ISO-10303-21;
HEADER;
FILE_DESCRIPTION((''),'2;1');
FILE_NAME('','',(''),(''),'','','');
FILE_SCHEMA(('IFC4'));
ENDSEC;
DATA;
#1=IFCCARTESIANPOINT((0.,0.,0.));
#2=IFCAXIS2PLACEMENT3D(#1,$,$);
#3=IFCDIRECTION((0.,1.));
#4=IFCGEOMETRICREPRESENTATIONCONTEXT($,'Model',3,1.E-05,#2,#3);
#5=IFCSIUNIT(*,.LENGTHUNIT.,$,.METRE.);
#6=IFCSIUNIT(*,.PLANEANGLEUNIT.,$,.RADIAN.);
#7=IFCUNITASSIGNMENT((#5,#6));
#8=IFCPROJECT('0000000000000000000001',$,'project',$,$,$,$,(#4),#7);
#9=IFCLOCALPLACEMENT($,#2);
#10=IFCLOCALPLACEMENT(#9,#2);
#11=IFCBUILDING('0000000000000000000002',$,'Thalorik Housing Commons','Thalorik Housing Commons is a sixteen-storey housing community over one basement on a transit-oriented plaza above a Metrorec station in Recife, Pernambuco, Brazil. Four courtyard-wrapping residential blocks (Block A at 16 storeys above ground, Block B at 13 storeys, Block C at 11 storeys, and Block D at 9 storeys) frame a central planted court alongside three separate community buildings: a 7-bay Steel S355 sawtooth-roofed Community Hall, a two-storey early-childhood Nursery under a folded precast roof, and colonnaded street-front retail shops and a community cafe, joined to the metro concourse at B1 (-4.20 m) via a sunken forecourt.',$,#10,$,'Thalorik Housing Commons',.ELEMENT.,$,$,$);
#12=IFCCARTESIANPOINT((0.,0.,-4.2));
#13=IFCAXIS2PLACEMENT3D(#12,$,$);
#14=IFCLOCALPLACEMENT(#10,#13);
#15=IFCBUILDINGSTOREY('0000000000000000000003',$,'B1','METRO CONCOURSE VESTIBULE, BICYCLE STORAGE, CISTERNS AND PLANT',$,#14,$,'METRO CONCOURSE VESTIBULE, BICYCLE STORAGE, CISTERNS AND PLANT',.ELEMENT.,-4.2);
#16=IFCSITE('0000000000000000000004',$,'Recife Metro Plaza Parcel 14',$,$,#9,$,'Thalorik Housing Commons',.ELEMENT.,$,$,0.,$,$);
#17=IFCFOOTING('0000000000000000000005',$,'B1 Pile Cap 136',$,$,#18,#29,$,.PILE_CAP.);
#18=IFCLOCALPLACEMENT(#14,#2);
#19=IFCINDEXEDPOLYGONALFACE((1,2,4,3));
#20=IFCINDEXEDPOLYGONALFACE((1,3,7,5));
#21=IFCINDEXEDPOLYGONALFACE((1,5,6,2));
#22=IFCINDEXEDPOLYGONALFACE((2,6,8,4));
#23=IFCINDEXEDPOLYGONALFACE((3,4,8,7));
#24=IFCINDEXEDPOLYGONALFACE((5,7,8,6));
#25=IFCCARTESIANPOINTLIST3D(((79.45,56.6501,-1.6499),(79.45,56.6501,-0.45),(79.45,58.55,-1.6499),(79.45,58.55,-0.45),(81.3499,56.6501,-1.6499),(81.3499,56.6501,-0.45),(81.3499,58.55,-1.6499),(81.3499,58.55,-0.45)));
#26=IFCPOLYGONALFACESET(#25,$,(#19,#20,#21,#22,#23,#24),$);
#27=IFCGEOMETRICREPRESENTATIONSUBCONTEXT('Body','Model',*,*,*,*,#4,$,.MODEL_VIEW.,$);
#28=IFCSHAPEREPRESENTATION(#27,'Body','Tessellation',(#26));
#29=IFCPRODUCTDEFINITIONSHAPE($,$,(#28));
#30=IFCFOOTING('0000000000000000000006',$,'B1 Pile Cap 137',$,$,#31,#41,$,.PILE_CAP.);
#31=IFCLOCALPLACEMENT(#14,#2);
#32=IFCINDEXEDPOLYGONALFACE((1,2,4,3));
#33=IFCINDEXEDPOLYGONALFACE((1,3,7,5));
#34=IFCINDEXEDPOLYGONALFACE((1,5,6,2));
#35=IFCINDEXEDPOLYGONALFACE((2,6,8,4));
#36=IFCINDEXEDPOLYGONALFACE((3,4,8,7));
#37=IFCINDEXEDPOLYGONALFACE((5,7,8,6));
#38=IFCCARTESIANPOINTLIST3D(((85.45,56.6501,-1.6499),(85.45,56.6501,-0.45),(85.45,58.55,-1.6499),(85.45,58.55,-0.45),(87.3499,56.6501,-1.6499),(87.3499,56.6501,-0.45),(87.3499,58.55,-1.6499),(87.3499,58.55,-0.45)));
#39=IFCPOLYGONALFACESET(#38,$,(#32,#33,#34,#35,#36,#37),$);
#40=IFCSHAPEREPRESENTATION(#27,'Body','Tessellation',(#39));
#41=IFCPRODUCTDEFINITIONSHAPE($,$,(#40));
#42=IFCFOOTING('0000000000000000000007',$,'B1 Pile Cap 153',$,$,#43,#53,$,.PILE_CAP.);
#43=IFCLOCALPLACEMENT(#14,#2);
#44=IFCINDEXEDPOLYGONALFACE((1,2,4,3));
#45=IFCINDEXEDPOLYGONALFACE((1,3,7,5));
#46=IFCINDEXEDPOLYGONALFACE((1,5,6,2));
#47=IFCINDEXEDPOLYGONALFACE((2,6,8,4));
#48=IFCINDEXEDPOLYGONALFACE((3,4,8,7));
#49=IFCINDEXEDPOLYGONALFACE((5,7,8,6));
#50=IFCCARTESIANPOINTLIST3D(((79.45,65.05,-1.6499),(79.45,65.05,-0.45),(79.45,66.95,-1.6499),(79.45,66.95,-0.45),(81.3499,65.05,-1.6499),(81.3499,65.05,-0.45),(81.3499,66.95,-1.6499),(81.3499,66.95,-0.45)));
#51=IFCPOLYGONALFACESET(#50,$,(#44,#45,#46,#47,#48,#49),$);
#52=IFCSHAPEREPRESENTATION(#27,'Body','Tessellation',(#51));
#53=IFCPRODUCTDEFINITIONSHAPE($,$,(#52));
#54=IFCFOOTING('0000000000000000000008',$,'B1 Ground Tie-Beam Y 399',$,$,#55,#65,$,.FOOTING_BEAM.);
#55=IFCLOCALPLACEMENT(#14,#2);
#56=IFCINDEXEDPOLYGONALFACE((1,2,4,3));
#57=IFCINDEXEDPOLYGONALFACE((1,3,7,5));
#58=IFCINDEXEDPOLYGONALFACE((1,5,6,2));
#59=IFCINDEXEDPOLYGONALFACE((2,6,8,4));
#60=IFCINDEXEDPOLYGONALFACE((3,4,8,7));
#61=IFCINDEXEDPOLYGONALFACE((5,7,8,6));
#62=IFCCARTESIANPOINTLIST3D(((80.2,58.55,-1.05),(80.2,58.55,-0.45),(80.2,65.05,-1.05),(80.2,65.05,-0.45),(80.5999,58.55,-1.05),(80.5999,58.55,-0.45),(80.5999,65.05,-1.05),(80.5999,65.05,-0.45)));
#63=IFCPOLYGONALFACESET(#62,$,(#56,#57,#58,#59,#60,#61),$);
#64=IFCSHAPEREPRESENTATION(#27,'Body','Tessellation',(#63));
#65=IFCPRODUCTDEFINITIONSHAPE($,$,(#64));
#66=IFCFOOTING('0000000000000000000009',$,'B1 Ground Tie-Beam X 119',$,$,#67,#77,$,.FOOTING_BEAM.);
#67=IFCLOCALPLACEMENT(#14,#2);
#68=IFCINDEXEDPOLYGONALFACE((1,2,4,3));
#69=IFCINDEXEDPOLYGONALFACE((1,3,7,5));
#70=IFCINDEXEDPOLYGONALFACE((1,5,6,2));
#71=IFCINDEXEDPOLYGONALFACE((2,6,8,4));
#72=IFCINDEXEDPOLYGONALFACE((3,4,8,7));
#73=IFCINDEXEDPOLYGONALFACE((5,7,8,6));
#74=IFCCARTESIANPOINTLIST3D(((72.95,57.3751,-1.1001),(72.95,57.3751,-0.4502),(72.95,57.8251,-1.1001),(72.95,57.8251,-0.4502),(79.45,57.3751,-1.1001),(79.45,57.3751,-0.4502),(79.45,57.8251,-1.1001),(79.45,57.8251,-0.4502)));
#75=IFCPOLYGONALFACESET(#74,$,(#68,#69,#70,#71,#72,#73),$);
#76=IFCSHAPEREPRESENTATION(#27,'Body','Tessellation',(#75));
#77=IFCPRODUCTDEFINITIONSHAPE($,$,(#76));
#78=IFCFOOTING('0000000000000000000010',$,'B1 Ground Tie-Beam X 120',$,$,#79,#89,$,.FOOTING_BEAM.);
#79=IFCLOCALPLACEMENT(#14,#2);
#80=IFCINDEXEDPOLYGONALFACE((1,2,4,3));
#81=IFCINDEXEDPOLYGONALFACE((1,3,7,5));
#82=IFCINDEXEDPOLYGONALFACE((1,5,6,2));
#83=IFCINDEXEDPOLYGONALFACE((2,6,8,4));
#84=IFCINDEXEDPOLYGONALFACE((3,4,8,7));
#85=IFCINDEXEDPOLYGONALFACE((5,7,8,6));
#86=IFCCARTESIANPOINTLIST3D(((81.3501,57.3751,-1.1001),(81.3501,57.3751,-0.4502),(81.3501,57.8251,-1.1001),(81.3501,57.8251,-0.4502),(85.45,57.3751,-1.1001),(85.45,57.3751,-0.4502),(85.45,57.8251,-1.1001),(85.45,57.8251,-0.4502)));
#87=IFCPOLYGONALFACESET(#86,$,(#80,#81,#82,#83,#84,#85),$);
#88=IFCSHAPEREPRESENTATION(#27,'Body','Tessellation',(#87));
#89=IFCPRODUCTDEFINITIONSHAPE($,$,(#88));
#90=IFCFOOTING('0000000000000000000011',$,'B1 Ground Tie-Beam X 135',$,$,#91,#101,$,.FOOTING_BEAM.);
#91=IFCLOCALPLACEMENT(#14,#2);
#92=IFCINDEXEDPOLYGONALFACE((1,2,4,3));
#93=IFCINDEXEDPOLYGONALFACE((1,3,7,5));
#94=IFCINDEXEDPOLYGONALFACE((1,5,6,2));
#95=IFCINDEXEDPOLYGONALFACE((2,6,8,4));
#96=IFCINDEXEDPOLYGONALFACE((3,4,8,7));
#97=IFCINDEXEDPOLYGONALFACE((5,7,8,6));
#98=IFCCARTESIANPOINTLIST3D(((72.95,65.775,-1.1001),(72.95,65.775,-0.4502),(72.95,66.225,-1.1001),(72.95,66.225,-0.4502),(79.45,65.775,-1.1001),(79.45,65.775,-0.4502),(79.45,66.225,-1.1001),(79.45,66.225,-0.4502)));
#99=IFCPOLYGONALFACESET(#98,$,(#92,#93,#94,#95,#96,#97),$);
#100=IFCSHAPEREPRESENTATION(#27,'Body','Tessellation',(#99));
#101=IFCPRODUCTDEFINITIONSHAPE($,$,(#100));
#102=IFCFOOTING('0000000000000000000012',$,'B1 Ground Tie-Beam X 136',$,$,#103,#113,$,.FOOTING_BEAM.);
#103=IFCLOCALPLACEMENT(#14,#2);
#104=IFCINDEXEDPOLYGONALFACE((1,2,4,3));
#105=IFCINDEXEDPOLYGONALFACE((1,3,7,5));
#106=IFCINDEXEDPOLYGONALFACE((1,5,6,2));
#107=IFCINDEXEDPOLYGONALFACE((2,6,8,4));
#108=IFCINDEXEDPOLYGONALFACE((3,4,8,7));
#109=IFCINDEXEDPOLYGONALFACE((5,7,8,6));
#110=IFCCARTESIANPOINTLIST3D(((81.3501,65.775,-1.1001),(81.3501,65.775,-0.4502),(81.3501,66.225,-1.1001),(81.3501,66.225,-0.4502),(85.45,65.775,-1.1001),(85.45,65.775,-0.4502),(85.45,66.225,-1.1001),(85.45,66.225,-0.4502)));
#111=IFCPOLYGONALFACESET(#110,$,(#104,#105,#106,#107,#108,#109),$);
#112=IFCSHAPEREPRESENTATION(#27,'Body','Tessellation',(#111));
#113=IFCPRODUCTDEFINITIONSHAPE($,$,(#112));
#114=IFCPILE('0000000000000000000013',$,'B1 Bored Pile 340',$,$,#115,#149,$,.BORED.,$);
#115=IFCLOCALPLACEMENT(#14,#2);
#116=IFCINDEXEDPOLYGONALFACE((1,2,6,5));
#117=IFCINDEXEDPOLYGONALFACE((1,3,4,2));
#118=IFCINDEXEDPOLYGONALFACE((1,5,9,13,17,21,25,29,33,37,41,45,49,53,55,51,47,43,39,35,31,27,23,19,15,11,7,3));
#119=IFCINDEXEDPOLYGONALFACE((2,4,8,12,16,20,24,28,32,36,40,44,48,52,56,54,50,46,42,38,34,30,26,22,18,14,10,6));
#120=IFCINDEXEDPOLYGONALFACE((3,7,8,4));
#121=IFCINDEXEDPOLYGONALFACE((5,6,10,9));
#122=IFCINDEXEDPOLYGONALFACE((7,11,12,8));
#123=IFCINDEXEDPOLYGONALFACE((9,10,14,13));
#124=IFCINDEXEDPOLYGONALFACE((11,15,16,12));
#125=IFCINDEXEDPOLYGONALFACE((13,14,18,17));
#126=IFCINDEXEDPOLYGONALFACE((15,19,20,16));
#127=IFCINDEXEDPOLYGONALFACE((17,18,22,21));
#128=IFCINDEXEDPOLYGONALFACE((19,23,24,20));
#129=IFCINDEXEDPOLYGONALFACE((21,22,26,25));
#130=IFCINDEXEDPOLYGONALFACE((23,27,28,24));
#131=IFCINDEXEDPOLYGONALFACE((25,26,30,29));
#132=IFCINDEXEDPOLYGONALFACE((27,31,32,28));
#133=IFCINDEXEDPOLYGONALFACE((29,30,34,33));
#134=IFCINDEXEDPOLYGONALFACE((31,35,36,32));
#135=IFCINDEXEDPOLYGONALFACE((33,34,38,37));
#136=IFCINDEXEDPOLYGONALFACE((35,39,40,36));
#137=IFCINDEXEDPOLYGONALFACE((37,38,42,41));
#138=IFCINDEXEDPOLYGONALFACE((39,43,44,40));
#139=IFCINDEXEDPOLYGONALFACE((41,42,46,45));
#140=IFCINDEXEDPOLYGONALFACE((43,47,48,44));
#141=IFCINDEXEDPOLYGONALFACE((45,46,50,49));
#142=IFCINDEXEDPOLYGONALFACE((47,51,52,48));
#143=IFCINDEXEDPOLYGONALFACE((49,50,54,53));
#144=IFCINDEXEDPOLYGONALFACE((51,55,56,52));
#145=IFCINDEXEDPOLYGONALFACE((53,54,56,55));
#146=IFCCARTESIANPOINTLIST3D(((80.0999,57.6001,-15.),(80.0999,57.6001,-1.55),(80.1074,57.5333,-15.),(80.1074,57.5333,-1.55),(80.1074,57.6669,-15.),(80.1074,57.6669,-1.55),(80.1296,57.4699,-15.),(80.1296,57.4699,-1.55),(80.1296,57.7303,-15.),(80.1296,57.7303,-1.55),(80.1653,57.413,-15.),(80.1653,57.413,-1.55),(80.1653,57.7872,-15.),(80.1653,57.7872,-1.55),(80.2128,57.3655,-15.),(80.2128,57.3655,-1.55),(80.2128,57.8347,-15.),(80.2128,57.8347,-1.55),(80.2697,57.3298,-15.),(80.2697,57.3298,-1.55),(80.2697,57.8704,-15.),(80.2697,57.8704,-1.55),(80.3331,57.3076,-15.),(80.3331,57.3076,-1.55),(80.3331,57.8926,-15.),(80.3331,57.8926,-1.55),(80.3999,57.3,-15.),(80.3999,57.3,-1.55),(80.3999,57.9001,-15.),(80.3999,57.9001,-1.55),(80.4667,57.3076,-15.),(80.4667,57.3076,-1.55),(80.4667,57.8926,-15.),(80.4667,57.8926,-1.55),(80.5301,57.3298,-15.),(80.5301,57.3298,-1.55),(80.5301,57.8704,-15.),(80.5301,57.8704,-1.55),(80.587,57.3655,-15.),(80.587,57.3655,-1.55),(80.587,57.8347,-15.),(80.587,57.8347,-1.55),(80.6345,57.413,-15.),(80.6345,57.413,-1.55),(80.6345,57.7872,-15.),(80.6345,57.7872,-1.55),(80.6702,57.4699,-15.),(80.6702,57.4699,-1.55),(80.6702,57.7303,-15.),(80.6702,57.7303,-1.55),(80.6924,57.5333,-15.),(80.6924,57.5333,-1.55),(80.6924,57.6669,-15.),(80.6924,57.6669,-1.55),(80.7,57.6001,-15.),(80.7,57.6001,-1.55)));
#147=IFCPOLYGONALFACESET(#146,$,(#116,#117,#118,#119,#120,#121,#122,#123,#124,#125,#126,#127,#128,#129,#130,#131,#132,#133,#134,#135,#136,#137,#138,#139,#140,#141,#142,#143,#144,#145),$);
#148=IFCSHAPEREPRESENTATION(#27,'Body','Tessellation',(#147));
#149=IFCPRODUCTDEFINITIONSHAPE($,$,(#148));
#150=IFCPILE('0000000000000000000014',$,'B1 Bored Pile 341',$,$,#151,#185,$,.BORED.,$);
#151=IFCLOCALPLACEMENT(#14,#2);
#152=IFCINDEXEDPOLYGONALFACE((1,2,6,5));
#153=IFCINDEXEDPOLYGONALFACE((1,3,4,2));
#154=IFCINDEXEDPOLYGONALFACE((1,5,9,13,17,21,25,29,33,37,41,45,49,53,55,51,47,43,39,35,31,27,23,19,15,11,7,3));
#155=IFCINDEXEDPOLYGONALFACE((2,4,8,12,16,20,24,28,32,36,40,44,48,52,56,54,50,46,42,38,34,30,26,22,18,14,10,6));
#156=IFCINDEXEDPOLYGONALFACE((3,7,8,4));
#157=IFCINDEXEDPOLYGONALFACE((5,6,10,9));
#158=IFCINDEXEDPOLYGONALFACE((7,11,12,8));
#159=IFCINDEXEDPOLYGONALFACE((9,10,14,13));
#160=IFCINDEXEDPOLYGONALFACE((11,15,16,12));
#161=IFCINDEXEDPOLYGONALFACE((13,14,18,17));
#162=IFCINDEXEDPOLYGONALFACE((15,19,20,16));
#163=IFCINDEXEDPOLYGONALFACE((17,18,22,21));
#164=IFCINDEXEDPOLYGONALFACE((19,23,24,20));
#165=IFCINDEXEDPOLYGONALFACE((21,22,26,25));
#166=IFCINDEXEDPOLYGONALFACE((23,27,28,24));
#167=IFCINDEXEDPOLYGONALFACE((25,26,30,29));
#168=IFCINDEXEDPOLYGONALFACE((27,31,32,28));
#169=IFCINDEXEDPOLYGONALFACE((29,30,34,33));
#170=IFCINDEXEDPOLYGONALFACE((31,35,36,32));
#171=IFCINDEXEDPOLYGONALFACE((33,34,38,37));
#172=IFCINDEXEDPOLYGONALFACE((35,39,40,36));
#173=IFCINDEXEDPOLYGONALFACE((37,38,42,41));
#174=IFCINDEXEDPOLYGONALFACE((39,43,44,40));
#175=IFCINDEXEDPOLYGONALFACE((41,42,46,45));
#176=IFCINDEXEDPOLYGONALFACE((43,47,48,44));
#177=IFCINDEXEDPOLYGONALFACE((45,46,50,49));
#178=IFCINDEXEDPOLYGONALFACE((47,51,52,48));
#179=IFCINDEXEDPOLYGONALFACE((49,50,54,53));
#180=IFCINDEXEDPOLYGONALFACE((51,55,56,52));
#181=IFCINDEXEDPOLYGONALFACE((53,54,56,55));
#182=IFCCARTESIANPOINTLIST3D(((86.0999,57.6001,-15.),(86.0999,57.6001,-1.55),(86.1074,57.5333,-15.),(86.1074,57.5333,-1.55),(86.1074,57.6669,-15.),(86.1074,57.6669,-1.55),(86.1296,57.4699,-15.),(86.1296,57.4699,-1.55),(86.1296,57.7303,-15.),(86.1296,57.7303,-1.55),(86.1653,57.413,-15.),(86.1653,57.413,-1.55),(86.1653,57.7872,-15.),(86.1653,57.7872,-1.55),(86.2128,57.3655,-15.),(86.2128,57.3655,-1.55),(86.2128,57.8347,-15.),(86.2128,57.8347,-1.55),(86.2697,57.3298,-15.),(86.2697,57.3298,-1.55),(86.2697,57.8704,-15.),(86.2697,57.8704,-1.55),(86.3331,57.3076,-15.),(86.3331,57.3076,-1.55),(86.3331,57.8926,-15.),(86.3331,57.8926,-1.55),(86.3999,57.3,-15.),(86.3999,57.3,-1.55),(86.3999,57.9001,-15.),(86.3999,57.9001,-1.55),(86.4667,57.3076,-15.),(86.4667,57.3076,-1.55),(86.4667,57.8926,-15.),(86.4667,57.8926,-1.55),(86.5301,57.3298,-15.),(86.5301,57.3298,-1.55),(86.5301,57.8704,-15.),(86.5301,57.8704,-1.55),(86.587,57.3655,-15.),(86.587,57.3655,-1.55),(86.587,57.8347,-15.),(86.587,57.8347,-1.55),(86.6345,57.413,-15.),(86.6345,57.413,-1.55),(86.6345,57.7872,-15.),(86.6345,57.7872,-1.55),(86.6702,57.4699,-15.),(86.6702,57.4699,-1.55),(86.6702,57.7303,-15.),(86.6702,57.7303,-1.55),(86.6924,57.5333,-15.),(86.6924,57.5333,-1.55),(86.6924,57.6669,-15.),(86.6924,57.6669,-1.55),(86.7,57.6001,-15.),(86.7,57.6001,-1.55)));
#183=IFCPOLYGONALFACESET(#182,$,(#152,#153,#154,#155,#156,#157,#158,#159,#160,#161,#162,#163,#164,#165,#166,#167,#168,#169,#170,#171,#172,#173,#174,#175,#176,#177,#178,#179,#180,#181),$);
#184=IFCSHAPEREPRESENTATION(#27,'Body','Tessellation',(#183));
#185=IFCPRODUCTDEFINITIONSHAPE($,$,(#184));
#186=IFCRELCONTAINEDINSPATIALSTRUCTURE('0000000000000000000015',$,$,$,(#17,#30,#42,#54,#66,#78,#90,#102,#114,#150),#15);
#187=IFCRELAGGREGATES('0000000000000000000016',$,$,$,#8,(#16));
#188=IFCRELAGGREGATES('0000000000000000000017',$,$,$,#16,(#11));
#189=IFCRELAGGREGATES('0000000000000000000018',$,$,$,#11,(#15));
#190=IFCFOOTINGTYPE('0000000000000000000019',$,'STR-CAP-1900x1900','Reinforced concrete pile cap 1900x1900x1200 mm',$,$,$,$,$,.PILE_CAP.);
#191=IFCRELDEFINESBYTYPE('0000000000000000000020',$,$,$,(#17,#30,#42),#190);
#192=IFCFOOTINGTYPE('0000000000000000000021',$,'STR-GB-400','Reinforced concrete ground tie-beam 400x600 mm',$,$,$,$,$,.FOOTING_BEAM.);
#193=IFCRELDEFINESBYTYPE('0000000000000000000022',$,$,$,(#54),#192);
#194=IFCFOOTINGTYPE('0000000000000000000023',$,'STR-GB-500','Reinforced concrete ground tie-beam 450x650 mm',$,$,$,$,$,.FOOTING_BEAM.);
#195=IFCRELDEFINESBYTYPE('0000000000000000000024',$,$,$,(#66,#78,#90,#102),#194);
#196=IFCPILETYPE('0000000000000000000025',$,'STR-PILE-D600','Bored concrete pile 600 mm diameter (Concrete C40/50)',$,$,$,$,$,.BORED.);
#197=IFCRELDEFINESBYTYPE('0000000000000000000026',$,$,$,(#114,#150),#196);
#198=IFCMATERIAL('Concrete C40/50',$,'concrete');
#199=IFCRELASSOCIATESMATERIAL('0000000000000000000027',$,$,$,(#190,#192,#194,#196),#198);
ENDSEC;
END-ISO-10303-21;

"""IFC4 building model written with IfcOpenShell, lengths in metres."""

from ifc_helpers import new_model, si_unit, direction, frame, origin, origin_2d, place, context, subcontext, project, spatial, rectangle, circle, extrude, material, material_profile, profile_set, type_object, element, save


model = new_model("IFC4")

# Units and contexts
model_context = context("Model", 3, precision=1e-05, world=origin(), true_north=direction((0.0, 1.0)))
body_context = subcontext(model_context, "Body", "Model", "MODEL_VIEW")
ifc_project = project(units=[si_unit("LENGTHUNIT", "METRE"), si_unit("PLANEANGLEUNIT", "RADIAN")], contexts=[model_context])

# Site, building, storey
site_placement = place(None, origin())
site = spatial("IfcSite", under=ifc_project, at=site_placement, Name="Recife Metro Plaza Parcel 14", LongName="Thalorik Housing Commons", CompositionType="ELEMENT", RefElevation=0.0)
building_placement = place(site_placement, origin())
building = spatial("IfcBuilding", under=site, at=building_placement, Name="Thalorik Housing Commons", Description="Thalorik Housing Commons is a sixteen-storey housing community over one basement on a transit-oriented plaza above a Metrorec station in Recife, Pernambuco, Brazil. Four courtyard-wrapping residential blocks (Block A at 16 storeys above ground, Block B at 13 storeys, Block C at 11 storeys, and Block D at 9 storeys) frame a central planted court alongside three separate community buildings: a 7-bay Steel S355 sawtooth-roofed Community Hall, a two-storey early-childhood Nursery under a folded precast roof, and colonnaded street-front retail shops and a community cafe, joined to the metro concourse at B1 (-4.20 m) via a sunken forecourt.", LongName="Thalorik Housing Commons", CompositionType="ELEMENT")
storey_placement = place(building_placement, frame((0.0, 0.0, -4.2)))
storey = spatial("IfcBuildingStorey", under=building, at=storey_placement, Name="B1", Description="METRO CONCOURSE VESTIBULE, BICYCLE STORAGE, CISTERNS AND PLANT", LongName="METRO CONCOURSE VESTIBULE, BICYCLE STORAGE, CISTERNS AND PLANT", CompositionType="ELEMENT", Elevation=-4.2)

# Footings
ifc_material_1 = material(Name="Concrete C40/50", Category="concrete")
footing_type_1 = type_object("IfcFootingType", Name="STR-CAP-1900x1900", Description="Reinforced concrete pile cap 1900x1900x1200 mm", PredefinedType="PILE_CAP", material=ifc_material_1)
for number, where, z_axis, x_axis, name in (
    (1, (80.3999, 57.6001, -1.6499), (0.0, 0.0, 1.0), (1.0, 0.0, 0.0), "B1 Pile Cap 136"),
    (2, (86.3999, 57.6001, -1.6499), (0.0, 0.0, 1.0), (1.0, 0.0, 0.0), "B1 Pile Cap 137"),
    (3, (80.3999, 66.0, -1.6499), (0.0, 0.0, 1.0), (1.0, 0.0, 0.0), "B1 Pile Cap 153"),
):
    element("IfcFooting", number, at=place(storey_placement, frame(where, z_axis=z_axis, x_axis=x_axis)), inside=storey, type_object=footing_type_1, Name=name, PredefinedType="PILE_CAP", context=body_context, shape_type="SweptSolid", body=[
        extrude(rectangle(XDim=1.8999, YDim=1.8999, at=origin_2d()), origin(), (0.0, 0.0, 1.0), 1.2),
    ])
ifc_material_profile_1 = material_profile(ifc_material_1, rectangle(XDim=0.3999, YDim=0.6001, at=origin_2d()), Name="RC 400x600", Category="concrete")
ifc_profile_set_1 = profile_set([ifc_material_profile_1], Name="Concrete C40/50")
footing_type_2 = type_object("IfcFootingType", Name="STR-GB-400", Description="Reinforced concrete ground tie-beam 400x600 mm", PredefinedType="FOOTING_BEAM", material=ifc_profile_set_1)
footing_1_placement = place(storey_placement, frame((80.3999, 58.55, -0.75), z_axis=(0.0, 1.0, 0.0), x_axis=(-1.0, 0.0, 0.0)))
element("IfcFooting", 4, at=footing_1_placement, inside=storey, type_object=footing_type_2, Name="B1 Ground Tie-Beam Y 399", PredefinedType="FOOTING_BEAM", context=body_context, shape_type="SweptSolid", body=[
    extrude(rectangle(XDim=0.3999, YDim=0.6001, at=origin_2d()), origin(), (0.0, 0.0, 1.0), 6.5),
])
ifc_material_profile_2 = material_profile(ifc_material_1, rectangle(XDim=0.45, YDim=0.6499, at=origin_2d()), Name="RC 450x650", Category="concrete")
ifc_profile_set_2 = profile_set([ifc_material_profile_2], Name="Concrete C40/50")
footing_type_3 = type_object("IfcFootingType", Name="STR-GB-500", Description="Reinforced concrete ground tie-beam 450x650 mm", PredefinedType="FOOTING_BEAM", material=ifc_profile_set_2)
footing_2_placement = place(storey_placement, frame((72.95, 57.6001, -0.7751), z_axis=(1.0, 0.0, 0.0), x_axis=(0.0, 1.0, 0.0)))
element("IfcFooting", 5, at=footing_2_placement, inside=storey, type_object=footing_type_3, Name="B1 Ground Tie-Beam X 119", PredefinedType="FOOTING_BEAM", context=body_context, shape_type="SweptSolid", body=[
    extrude(rectangle(XDim=0.45, YDim=0.6499, at=origin_2d()), origin(), (0.0, 0.0, 1.0), 6.5),
])
footing_3_placement = place(storey_placement, frame((81.3501, 57.6001, -0.7751), z_axis=(1.0, 0.0, 0.0), x_axis=(0.0, 1.0, 0.0)))
element("IfcFooting", 6, at=footing_3_placement, inside=storey, type_object=footing_type_3, Name="B1 Ground Tie-Beam X 120", PredefinedType="FOOTING_BEAM", context=body_context, shape_type="SweptSolid", body=[
    extrude(rectangle(XDim=0.45, YDim=0.6499, at=origin_2d()), origin(), (0.0, 0.0, 1.0), 4.0999),
])
footing_4_placement = place(storey_placement, frame((72.95, 66.0, -0.7751), z_axis=(1.0, 0.0, 0.0), x_axis=(0.0, 1.0, 0.0)))
element("IfcFooting", 7, at=footing_4_placement, inside=storey, type_object=footing_type_3, Name="B1 Ground Tie-Beam X 135", PredefinedType="FOOTING_BEAM", context=body_context, shape_type="SweptSolid", body=[
    extrude(rectangle(XDim=0.45, YDim=0.6499, at=origin_2d()), origin(), (0.0, 0.0, 1.0), 6.5),
])
footing_5_placement = place(storey_placement, frame((81.3501, 66.0, -0.7751), z_axis=(1.0, 0.0, 0.0), x_axis=(0.0, 1.0, 0.0)))
element("IfcFooting", 8, at=footing_5_placement, inside=storey, type_object=footing_type_3, Name="B1 Ground Tie-Beam X 136", PredefinedType="FOOTING_BEAM", context=body_context, shape_type="SweptSolid", body=[
    extrude(rectangle(XDim=0.45, YDim=0.6499, at=origin_2d()), origin(), (0.0, 0.0, 1.0), 4.0999),
])

# Piles
ifc_material_profile_3 = material_profile(ifc_material_1, circle(Radius=0.3, at=origin_2d()), Name="BORED PILE D600", Category="concrete")
ifc_profile_set_3 = profile_set([ifc_material_profile_3], Name="Concrete C40/50")
pile_type_1 = type_object("IfcPileType", Name="STR-PILE-D600", Description="Bored concrete pile 600 mm diameter (Concrete C40/50)", PredefinedType="BORED", material=ifc_profile_set_3)
for number, where, z_axis, x_axis, name in (
    (9, (80.3999, 57.6001, -1.55), (0.0, 0.0, -1.0), (1.0, 0.0, 0.0), "B1 Bored Pile 340"),
    (10, (86.3999, 57.6001, -1.55), (0.0, 0.0, -1.0), (1.0, 0.0, 0.0), "B1 Bored Pile 341"),
):
    element("IfcPile", number, at=place(storey_placement, frame(where, z_axis=z_axis, x_axis=x_axis)), inside=storey, type_object=pile_type_1, Name=name, PredefinedType="BORED", context=body_context, shape_type="SweptSolid", body=[
        extrude(circle(Radius=0.3, at=origin_2d()), origin(), (0.0, 0.0, 1.0), 13.45),
    ])

save(model, "model.ifc")
